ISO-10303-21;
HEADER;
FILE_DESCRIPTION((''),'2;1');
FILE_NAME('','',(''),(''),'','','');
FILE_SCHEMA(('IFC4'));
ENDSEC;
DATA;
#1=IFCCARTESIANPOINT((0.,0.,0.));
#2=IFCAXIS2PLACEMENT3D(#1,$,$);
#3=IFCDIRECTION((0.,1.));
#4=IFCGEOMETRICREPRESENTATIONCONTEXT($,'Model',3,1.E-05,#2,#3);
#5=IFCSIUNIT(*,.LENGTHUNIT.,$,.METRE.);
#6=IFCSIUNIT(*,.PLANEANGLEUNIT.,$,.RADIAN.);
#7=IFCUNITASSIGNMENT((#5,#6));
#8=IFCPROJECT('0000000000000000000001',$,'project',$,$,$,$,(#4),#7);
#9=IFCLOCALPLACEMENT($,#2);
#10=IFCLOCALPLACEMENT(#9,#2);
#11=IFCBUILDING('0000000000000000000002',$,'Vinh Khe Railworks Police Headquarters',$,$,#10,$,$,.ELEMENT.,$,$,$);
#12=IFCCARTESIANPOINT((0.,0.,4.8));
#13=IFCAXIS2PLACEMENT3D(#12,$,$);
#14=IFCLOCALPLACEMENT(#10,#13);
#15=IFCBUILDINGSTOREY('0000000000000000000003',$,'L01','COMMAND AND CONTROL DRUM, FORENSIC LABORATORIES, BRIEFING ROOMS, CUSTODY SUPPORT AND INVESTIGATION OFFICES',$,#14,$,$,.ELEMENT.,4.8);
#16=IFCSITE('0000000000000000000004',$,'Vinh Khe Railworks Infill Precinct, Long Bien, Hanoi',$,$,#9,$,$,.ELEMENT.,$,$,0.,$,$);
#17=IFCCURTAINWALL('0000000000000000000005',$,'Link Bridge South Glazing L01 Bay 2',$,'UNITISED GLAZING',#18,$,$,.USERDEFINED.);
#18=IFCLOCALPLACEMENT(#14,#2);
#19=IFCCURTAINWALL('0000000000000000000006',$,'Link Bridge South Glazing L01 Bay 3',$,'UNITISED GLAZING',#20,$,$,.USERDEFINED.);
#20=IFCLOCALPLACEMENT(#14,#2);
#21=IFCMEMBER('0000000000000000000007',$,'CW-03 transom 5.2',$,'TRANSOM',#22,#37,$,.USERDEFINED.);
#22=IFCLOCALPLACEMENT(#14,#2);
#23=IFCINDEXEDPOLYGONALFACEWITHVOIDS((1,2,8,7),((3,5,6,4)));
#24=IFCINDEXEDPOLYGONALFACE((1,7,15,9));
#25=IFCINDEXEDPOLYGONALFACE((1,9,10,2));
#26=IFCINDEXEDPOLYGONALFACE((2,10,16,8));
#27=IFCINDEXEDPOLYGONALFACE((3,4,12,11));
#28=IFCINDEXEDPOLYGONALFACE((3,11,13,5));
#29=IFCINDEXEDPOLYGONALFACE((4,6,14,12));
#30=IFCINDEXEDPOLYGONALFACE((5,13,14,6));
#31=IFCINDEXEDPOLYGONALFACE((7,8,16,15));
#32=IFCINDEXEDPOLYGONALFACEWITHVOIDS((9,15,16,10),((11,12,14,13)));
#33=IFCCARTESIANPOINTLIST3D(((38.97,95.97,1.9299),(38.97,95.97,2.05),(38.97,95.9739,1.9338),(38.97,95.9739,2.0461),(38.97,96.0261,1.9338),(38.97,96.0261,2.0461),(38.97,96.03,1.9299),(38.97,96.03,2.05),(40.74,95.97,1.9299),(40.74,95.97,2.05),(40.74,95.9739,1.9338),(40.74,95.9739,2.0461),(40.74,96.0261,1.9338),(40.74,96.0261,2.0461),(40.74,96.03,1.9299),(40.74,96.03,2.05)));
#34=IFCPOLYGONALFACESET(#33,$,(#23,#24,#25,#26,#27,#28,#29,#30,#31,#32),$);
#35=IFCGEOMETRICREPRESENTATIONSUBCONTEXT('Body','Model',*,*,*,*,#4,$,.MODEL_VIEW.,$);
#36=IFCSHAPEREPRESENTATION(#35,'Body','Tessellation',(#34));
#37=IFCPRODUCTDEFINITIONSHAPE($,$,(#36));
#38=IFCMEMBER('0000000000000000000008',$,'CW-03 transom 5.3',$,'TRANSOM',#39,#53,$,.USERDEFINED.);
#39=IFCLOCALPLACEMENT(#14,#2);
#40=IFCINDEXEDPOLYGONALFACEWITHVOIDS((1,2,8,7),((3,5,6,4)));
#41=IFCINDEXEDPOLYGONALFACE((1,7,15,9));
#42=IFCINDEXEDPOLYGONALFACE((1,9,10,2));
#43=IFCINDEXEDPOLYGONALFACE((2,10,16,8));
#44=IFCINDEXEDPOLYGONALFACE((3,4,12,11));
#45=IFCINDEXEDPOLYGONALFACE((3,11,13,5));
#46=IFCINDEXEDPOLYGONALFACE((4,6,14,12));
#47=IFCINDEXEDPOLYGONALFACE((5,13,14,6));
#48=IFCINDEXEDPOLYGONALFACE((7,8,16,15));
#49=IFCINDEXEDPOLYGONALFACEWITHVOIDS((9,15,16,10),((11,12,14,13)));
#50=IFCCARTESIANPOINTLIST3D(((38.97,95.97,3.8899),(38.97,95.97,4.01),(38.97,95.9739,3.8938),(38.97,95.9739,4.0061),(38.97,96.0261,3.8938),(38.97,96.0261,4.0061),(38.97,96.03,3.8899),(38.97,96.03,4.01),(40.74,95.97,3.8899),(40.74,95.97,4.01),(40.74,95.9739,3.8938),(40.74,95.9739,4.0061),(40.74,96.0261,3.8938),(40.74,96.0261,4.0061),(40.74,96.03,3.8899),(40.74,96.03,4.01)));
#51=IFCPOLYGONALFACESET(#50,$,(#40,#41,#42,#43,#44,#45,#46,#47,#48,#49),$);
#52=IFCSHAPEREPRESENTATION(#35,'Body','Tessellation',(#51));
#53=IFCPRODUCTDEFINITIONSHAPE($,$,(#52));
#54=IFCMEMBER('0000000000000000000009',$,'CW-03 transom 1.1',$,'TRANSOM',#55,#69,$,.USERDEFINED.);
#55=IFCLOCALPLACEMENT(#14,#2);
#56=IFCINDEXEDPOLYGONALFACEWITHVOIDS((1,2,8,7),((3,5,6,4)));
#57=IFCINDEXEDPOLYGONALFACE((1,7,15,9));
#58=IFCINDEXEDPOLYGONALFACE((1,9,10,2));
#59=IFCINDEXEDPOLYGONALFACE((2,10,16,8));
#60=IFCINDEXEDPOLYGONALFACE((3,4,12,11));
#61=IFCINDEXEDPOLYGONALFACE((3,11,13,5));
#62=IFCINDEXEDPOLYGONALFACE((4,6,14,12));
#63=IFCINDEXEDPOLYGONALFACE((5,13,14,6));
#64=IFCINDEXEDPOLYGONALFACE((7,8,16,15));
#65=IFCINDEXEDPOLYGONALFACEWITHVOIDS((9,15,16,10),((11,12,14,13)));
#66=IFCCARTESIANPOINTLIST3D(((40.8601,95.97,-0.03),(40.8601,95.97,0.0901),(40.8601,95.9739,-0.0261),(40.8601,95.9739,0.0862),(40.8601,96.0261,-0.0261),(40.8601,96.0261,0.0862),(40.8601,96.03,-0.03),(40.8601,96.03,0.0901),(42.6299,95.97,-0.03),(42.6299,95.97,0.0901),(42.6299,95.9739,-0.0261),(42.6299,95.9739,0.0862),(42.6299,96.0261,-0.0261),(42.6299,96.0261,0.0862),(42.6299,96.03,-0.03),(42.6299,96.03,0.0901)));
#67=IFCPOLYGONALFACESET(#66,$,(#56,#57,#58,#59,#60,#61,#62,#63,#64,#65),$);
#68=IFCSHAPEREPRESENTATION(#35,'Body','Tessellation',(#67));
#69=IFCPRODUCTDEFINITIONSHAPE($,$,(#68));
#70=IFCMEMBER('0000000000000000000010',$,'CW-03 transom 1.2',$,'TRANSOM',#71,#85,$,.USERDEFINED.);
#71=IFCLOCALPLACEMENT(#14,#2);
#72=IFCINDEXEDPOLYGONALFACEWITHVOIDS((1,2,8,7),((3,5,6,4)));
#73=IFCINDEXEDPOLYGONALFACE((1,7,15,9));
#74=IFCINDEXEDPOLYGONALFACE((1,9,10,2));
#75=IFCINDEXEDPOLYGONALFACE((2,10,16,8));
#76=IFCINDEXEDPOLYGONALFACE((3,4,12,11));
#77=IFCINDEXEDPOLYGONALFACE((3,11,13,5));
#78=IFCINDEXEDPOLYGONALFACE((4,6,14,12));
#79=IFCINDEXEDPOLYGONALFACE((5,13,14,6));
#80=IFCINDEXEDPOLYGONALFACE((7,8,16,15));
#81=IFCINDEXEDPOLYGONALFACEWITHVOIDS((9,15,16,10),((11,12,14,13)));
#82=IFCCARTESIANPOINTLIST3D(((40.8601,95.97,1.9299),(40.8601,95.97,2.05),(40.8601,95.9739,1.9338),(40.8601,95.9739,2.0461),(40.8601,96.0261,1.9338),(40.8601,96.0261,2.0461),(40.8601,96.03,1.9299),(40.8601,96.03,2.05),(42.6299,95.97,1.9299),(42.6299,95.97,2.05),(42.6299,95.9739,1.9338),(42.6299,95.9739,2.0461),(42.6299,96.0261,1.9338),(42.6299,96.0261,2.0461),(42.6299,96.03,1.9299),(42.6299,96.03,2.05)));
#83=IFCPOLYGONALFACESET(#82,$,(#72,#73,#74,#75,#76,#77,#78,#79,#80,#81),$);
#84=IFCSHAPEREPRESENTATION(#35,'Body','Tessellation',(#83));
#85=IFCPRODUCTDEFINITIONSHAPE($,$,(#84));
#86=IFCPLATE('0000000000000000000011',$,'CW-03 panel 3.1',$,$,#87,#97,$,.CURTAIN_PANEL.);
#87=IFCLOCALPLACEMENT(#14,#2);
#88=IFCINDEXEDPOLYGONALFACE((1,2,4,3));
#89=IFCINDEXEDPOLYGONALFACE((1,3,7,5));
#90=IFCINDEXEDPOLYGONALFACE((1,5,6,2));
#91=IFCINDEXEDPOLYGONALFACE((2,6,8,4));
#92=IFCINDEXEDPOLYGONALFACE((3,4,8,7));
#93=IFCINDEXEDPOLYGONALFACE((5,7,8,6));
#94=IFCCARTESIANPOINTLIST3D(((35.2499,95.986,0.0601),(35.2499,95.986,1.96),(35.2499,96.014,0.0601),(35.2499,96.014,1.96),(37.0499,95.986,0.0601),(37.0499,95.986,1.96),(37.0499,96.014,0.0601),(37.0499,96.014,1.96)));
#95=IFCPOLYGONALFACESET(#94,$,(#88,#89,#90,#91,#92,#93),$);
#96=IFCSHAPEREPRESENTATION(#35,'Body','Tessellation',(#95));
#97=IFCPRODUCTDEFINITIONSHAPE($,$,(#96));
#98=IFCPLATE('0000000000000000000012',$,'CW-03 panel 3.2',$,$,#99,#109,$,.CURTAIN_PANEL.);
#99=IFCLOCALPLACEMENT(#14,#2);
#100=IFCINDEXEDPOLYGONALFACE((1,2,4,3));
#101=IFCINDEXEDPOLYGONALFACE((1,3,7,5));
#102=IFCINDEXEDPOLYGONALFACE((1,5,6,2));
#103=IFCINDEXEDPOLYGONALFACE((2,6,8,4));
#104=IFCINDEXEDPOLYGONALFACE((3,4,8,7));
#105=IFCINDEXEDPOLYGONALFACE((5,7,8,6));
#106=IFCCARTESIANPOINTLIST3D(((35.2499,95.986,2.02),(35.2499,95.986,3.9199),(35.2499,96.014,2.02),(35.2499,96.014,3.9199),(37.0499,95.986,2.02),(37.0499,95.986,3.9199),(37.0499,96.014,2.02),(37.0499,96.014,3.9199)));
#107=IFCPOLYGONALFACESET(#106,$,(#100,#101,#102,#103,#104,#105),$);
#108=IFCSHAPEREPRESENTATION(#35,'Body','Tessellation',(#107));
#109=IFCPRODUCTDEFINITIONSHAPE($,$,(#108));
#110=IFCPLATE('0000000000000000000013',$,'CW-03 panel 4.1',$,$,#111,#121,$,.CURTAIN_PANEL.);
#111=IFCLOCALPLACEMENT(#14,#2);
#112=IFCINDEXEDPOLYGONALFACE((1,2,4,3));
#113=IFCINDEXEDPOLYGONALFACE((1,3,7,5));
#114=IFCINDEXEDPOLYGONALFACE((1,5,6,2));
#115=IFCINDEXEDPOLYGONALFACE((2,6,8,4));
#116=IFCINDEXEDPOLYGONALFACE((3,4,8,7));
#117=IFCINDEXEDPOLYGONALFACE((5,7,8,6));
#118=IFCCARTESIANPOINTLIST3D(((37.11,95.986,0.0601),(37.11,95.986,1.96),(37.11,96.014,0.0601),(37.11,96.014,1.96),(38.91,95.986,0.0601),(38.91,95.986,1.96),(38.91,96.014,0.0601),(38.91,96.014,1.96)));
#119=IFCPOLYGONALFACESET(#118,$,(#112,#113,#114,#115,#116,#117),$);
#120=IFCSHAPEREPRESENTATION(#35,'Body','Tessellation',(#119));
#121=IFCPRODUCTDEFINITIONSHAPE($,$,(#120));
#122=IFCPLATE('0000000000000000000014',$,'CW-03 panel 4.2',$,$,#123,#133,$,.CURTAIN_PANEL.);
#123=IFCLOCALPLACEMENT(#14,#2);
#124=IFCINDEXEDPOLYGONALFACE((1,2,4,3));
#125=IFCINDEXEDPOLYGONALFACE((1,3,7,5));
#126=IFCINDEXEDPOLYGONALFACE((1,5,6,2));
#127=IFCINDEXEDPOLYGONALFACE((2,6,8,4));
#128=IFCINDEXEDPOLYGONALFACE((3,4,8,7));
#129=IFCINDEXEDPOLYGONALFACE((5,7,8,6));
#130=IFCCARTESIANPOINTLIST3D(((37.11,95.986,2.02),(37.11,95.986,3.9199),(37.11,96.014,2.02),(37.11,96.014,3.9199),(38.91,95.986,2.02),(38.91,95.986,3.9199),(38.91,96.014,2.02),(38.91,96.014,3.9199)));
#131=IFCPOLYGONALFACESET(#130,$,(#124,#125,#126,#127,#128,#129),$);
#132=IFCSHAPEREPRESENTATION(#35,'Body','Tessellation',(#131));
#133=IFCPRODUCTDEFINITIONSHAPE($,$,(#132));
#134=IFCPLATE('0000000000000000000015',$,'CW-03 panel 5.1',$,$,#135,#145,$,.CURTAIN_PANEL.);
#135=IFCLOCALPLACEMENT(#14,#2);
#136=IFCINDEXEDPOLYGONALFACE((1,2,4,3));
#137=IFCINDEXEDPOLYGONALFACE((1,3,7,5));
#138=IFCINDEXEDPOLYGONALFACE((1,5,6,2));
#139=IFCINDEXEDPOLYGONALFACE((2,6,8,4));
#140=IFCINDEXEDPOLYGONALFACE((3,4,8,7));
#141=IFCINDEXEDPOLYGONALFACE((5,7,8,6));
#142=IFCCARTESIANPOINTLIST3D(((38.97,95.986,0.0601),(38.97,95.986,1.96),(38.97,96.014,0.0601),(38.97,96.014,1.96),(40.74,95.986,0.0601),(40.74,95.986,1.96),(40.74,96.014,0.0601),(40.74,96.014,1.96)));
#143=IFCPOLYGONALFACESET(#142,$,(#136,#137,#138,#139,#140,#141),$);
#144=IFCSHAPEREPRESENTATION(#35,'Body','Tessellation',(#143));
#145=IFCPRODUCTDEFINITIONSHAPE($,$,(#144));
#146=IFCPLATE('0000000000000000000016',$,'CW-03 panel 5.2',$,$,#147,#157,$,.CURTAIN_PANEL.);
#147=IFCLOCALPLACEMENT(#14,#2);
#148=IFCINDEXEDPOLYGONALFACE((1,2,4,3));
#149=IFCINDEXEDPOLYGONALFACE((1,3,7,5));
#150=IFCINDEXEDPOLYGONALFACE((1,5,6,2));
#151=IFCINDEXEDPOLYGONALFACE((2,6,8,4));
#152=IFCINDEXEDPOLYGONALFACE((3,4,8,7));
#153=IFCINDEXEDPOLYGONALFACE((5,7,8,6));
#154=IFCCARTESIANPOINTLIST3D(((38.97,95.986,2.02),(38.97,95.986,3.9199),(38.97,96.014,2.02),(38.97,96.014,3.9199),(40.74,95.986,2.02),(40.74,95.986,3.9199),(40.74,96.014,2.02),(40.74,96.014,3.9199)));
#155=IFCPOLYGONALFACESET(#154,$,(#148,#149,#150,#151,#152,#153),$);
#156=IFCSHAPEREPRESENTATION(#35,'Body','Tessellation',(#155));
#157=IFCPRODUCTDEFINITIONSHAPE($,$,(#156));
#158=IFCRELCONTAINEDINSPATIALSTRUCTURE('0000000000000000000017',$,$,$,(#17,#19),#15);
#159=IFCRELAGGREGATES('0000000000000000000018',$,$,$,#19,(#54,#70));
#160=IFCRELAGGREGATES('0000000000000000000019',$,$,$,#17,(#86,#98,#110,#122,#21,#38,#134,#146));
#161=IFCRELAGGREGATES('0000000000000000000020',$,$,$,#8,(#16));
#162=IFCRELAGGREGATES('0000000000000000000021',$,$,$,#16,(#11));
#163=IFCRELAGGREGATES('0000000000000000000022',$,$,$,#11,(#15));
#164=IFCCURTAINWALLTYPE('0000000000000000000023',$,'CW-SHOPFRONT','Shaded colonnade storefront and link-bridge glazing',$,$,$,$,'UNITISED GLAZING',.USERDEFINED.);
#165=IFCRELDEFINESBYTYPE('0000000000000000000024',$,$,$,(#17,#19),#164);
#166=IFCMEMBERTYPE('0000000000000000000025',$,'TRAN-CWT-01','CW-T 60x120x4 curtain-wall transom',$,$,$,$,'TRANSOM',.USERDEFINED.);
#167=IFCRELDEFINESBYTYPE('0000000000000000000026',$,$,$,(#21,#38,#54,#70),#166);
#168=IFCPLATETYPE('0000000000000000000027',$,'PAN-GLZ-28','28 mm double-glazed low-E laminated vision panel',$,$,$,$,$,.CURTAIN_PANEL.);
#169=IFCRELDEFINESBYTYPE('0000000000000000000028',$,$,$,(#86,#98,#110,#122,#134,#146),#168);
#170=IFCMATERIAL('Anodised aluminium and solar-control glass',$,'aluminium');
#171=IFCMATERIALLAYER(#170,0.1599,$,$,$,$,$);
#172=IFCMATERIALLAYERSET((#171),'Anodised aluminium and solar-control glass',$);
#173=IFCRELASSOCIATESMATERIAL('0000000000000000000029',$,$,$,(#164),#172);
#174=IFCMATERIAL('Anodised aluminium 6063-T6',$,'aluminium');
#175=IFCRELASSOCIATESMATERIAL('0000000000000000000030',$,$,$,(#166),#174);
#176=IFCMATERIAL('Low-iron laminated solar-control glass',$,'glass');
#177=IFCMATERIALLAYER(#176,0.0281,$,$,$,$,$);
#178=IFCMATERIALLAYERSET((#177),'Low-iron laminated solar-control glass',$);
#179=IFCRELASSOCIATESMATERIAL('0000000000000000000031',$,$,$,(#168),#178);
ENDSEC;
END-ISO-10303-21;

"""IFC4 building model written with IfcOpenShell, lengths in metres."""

from ifc_helpers import new_model, si_unit, direction, frame, origin, origin_2d, place, context, subcontext, project, spatial, rectangle, hollow_rectangle, extrude, material, layer, layer_set, material_profile, profile_set, type_object, element, aggregate, save


model = new_model("IFC4")

# Units and contexts
model_context = context("Model", 3, precision=1e-05, world=origin(), true_north=direction((0.0, 1.0)))
body_context = subcontext(model_context, "Body", "Model", "MODEL_VIEW")
ifc_project = project(units=[si_unit("LENGTHUNIT", "METRE"), si_unit("PLANEANGLEUNIT", "RADIAN")], contexts=[model_context])

# Site, building, storey
site_placement = place(None, origin())
site = spatial("IfcSite", under=ifc_project, at=site_placement, Name="Vinh Khe Railworks Infill Precinct, Long Bien, Hanoi", CompositionType="ELEMENT", RefElevation=0.0)
building_placement = place(site_placement, origin())
building = spatial("IfcBuilding", under=site, at=building_placement, Name="Vinh Khe Railworks Police Headquarters", CompositionType="ELEMENT")
storey_placement = place(building_placement, frame((0.0, 0.0, 4.8)))
storey = spatial("IfcBuildingStorey", under=building, at=storey_placement, Name="L01", Description="COMMAND AND CONTROL DRUM, FORENSIC LABORATORIES, BRIEFING ROOMS, CUSTODY SUPPORT AND INVESTIGATION OFFICES", CompositionType="ELEMENT", Elevation=4.8)

# Curtain wall
ifc_material_1 = material(Name="Anodised aluminium and solar-control glass", Category="aluminium")
ifc_layer_1 = layer(ifc_material_1, 0.1599)
ifc_layer_set_1 = layer_set([ifc_layer_1], Name="Anodised aluminium and solar-control glass")
curtain_wall_type = type_object("IfcCurtainWallType", Name="CW-SHOPFRONT", Description="Shaded colonnade storefront and link-bridge glazing", ElementType="UNITISED GLAZING", PredefinedType="USERDEFINED", material=ifc_layer_set_1)
curtain_wall_1_placement = place(storey_placement, origin())
curtain_wall_1 = element("IfcCurtainWall", 1, at=curtain_wall_1_placement, inside=storey, type_object=curtain_wall_type, Name="Link Bridge South Glazing L01 Bay 2", ObjectType="UNITISED GLAZING", PredefinedType="USERDEFINED")
ifc_material_2 = material(Name="Anodised aluminium 6063-T6", Category="aluminium")

# Curtain wall
curtain_wall_2_placement = place(storey_placement, origin())
curtain_wall_2 = element("IfcCurtainWall", 2, at=curtain_wall_2_placement, inside=storey, type_object=curtain_wall_type, Name="Link Bridge South Glazing L01 Bay 3", ObjectType="UNITISED GLAZING", PredefinedType="USERDEFINED")

# Members
ifc_material_profile_1 = material_profile(ifc_material_2, hollow_rectangle(XDim=0.0601, YDim=0.1201, WallThickness=0.0039, at=origin_2d()), Name="CW-T 60x120x4")
ifc_profile_set_1 = profile_set([ifc_material_profile_1], Name="Anodised aluminium 6063-T6")
member_type_1 = type_object("IfcMemberType", Name="TRAN-CWT-01", Description="CW-T 60x120x4 curtain-wall transom", ElementType="TRANSOM", PredefinedType="USERDEFINED", material=ifc_profile_set_1)
member_1_placement = place(storey_placement, frame((38.97, 96.0, 1.99), z_axis=(1.0, 0.0, 0.0), x_axis=(0.0, 1.0, 0.0)))
member_1 = element("IfcMember", 3, at=member_1_placement, type_object=member_type_1, Name="CW-03 transom 5.2", ObjectType="TRANSOM", PredefinedType="USERDEFINED", context=body_context, shape_type="SweptSolid", body=[
    extrude(hollow_rectangle(XDim=0.0601, YDim=0.1201, WallThickness=0.0039, at=origin_2d()), origin(), (0.0, 0.0, 1.0), 1.77),
])
member_2_placement = place(storey_placement, frame((38.97, 96.0, 3.95), z_axis=(1.0, 0.0, 0.0), x_axis=(0.0, 1.0, 0.0)))
member_2 = element("IfcMember", 4, at=member_2_placement, type_object=member_type_1, Name="CW-03 transom 5.3", ObjectType="TRANSOM", PredefinedType="USERDEFINED", context=body_context, shape_type="SweptSolid", body=[
    extrude(hollow_rectangle(XDim=0.0601, YDim=0.1201, WallThickness=0.0039, at=origin_2d()), origin(), (0.0, 0.0, 1.0), 1.77),
])
member_3_placement = place(storey_placement, frame((40.8601, 96.0, 0.03), z_axis=(1.0, 0.0, 0.0), x_axis=(0.0, 1.0, 0.0)))
member_3 = element("IfcMember", 5, at=member_3_placement, type_object=member_type_1, Name="CW-03 transom 1.1", ObjectType="TRANSOM", PredefinedType="USERDEFINED", context=body_context, shape_type="SweptSolid", body=[
    extrude(hollow_rectangle(XDim=0.0601, YDim=0.1201, WallThickness=0.0039, at=origin_2d()), origin(), (0.0, 0.0, 1.0), 1.7698),
])
member_4_placement = place(storey_placement, frame((40.8601, 96.0, 1.99), z_axis=(1.0, 0.0, 0.0), x_axis=(0.0, 1.0, 0.0)))
member_4 = element("IfcMember", 6, at=member_4_placement, type_object=member_type_1, Name="CW-03 transom 1.2", ObjectType="TRANSOM", PredefinedType="USERDEFINED", context=body_context, shape_type="SweptSolid", body=[
    extrude(hollow_rectangle(XDim=0.0601, YDim=0.1201, WallThickness=0.0039, at=origin_2d()), origin(), (0.0, 0.0, 1.0), 1.7698),
])
aggregate(curtain_wall_2, [member_3, member_4])

# Plates
ifc_material_3 = material(Name="Low-iron laminated solar-control glass", Category="glass")
ifc_layer_2 = layer(ifc_material_3, 0.0281)
ifc_layer_set_2 = layer_set([ifc_layer_2], Name="Low-iron laminated solar-control glass")
plate_type = type_object("IfcPlateType", Name="PAN-GLZ-28", Description="28 mm double-glazed low-E laminated vision panel", PredefinedType="CURTAIN_PANEL", material=ifc_layer_set_2)
plate_1_placement = place(storey_placement, frame((36.1499, 96.0, 0.0601), z_axis=(0.0, 0.0, 1.0), x_axis=(1.0, 0.0, 0.0)))
plate_1 = element("IfcPlate", 7, at=plate_1_placement, type_object=plate_type, Name="CW-03 panel 3.1", PredefinedType="CURTAIN_PANEL", context=body_context, shape_type="SweptSolid", body=[
    extrude(rectangle(XDim=1.8, YDim=0.0281, at=origin_2d()), origin(), (0.0, 0.0, 1.0), 1.8999),
])
plate_2_placement = place(storey_placement, frame((36.1499, 96.0, 2.02), z_axis=(0.0, 0.0, 1.0), x_axis=(1.0, 0.0, 0.0)))
plate_2 = element("IfcPlate", 8, at=plate_2_placement, type_object=plate_type, Name="CW-03 panel 3.2", PredefinedType="CURTAIN_PANEL", context=body_context, shape_type="SweptSolid", body=[
    extrude(rectangle(XDim=1.8, YDim=0.0281, at=origin_2d()), origin(), (0.0, 0.0, 1.0), 1.8999),
])
plate_3_placement = place(storey_placement, frame((38.01, 96.0, 0.0601), z_axis=(0.0, 0.0, 1.0), x_axis=(1.0, 0.0, 0.0)))
plate_3 = element("IfcPlate", 9, at=plate_3_placement, type_object=plate_type, Name="CW-03 panel 4.1", PredefinedType="CURTAIN_PANEL", context=body_context, shape_type="SweptSolid", body=[
    extrude(rectangle(XDim=1.8, YDim=0.0281, at=origin_2d()), origin(), (0.0, 0.0, 1.0), 1.8999),
])
plate_4_placement = place(storey_placement, frame((38.01, 96.0, 2.02), z_axis=(0.0, 0.0, 1.0), x_axis=(1.0, 0.0, 0.0)))
plate_4 = element("IfcPlate", 10, at=plate_4_placement, type_object=plate_type, Name="CW-03 panel 4.2", PredefinedType="CURTAIN_PANEL", context=body_context, shape_type="SweptSolid", body=[
    extrude(rectangle(XDim=1.8, YDim=0.0281, at=origin_2d()), origin(), (0.0, 0.0, 1.0), 1.8999),
])
plate_5_placement = place(storey_placement, frame((39.855, 96.0, 0.0601), z_axis=(0.0, 0.0, 1.0), x_axis=(1.0, 0.0, 0.0)))
plate_5 = element("IfcPlate", 11, at=plate_5_placement, type_object=plate_type, Name="CW-03 panel 5.1", PredefinedType="CURTAIN_PANEL", context=body_context, shape_type="SweptSolid", body=[
    extrude(rectangle(XDim=1.77, YDim=0.0281, at=origin_2d()), origin(), (0.0, 0.0, 1.0), 1.8999),
])
plate_6_placement = place(storey_placement, frame((39.855, 96.0, 2.02), z_axis=(0.0, 0.0, 1.0), x_axis=(1.0, 0.0, 0.0)))
plate_6 = element("IfcPlate", 12, at=plate_6_placement, type_object=plate_type, Name="CW-03 panel 5.2", PredefinedType="CURTAIN_PANEL", context=body_context, shape_type="SweptSolid", body=[
    extrude(rectangle(XDim=1.77, YDim=0.0281, at=origin_2d()), origin(), (0.0, 0.0, 1.0), 1.8999),
])
aggregate(curtain_wall_1, [plate_1, plate_2, plate_3, plate_4, member_1, member_2, plate_5, plate_6])

save(model, "model.ifc")
